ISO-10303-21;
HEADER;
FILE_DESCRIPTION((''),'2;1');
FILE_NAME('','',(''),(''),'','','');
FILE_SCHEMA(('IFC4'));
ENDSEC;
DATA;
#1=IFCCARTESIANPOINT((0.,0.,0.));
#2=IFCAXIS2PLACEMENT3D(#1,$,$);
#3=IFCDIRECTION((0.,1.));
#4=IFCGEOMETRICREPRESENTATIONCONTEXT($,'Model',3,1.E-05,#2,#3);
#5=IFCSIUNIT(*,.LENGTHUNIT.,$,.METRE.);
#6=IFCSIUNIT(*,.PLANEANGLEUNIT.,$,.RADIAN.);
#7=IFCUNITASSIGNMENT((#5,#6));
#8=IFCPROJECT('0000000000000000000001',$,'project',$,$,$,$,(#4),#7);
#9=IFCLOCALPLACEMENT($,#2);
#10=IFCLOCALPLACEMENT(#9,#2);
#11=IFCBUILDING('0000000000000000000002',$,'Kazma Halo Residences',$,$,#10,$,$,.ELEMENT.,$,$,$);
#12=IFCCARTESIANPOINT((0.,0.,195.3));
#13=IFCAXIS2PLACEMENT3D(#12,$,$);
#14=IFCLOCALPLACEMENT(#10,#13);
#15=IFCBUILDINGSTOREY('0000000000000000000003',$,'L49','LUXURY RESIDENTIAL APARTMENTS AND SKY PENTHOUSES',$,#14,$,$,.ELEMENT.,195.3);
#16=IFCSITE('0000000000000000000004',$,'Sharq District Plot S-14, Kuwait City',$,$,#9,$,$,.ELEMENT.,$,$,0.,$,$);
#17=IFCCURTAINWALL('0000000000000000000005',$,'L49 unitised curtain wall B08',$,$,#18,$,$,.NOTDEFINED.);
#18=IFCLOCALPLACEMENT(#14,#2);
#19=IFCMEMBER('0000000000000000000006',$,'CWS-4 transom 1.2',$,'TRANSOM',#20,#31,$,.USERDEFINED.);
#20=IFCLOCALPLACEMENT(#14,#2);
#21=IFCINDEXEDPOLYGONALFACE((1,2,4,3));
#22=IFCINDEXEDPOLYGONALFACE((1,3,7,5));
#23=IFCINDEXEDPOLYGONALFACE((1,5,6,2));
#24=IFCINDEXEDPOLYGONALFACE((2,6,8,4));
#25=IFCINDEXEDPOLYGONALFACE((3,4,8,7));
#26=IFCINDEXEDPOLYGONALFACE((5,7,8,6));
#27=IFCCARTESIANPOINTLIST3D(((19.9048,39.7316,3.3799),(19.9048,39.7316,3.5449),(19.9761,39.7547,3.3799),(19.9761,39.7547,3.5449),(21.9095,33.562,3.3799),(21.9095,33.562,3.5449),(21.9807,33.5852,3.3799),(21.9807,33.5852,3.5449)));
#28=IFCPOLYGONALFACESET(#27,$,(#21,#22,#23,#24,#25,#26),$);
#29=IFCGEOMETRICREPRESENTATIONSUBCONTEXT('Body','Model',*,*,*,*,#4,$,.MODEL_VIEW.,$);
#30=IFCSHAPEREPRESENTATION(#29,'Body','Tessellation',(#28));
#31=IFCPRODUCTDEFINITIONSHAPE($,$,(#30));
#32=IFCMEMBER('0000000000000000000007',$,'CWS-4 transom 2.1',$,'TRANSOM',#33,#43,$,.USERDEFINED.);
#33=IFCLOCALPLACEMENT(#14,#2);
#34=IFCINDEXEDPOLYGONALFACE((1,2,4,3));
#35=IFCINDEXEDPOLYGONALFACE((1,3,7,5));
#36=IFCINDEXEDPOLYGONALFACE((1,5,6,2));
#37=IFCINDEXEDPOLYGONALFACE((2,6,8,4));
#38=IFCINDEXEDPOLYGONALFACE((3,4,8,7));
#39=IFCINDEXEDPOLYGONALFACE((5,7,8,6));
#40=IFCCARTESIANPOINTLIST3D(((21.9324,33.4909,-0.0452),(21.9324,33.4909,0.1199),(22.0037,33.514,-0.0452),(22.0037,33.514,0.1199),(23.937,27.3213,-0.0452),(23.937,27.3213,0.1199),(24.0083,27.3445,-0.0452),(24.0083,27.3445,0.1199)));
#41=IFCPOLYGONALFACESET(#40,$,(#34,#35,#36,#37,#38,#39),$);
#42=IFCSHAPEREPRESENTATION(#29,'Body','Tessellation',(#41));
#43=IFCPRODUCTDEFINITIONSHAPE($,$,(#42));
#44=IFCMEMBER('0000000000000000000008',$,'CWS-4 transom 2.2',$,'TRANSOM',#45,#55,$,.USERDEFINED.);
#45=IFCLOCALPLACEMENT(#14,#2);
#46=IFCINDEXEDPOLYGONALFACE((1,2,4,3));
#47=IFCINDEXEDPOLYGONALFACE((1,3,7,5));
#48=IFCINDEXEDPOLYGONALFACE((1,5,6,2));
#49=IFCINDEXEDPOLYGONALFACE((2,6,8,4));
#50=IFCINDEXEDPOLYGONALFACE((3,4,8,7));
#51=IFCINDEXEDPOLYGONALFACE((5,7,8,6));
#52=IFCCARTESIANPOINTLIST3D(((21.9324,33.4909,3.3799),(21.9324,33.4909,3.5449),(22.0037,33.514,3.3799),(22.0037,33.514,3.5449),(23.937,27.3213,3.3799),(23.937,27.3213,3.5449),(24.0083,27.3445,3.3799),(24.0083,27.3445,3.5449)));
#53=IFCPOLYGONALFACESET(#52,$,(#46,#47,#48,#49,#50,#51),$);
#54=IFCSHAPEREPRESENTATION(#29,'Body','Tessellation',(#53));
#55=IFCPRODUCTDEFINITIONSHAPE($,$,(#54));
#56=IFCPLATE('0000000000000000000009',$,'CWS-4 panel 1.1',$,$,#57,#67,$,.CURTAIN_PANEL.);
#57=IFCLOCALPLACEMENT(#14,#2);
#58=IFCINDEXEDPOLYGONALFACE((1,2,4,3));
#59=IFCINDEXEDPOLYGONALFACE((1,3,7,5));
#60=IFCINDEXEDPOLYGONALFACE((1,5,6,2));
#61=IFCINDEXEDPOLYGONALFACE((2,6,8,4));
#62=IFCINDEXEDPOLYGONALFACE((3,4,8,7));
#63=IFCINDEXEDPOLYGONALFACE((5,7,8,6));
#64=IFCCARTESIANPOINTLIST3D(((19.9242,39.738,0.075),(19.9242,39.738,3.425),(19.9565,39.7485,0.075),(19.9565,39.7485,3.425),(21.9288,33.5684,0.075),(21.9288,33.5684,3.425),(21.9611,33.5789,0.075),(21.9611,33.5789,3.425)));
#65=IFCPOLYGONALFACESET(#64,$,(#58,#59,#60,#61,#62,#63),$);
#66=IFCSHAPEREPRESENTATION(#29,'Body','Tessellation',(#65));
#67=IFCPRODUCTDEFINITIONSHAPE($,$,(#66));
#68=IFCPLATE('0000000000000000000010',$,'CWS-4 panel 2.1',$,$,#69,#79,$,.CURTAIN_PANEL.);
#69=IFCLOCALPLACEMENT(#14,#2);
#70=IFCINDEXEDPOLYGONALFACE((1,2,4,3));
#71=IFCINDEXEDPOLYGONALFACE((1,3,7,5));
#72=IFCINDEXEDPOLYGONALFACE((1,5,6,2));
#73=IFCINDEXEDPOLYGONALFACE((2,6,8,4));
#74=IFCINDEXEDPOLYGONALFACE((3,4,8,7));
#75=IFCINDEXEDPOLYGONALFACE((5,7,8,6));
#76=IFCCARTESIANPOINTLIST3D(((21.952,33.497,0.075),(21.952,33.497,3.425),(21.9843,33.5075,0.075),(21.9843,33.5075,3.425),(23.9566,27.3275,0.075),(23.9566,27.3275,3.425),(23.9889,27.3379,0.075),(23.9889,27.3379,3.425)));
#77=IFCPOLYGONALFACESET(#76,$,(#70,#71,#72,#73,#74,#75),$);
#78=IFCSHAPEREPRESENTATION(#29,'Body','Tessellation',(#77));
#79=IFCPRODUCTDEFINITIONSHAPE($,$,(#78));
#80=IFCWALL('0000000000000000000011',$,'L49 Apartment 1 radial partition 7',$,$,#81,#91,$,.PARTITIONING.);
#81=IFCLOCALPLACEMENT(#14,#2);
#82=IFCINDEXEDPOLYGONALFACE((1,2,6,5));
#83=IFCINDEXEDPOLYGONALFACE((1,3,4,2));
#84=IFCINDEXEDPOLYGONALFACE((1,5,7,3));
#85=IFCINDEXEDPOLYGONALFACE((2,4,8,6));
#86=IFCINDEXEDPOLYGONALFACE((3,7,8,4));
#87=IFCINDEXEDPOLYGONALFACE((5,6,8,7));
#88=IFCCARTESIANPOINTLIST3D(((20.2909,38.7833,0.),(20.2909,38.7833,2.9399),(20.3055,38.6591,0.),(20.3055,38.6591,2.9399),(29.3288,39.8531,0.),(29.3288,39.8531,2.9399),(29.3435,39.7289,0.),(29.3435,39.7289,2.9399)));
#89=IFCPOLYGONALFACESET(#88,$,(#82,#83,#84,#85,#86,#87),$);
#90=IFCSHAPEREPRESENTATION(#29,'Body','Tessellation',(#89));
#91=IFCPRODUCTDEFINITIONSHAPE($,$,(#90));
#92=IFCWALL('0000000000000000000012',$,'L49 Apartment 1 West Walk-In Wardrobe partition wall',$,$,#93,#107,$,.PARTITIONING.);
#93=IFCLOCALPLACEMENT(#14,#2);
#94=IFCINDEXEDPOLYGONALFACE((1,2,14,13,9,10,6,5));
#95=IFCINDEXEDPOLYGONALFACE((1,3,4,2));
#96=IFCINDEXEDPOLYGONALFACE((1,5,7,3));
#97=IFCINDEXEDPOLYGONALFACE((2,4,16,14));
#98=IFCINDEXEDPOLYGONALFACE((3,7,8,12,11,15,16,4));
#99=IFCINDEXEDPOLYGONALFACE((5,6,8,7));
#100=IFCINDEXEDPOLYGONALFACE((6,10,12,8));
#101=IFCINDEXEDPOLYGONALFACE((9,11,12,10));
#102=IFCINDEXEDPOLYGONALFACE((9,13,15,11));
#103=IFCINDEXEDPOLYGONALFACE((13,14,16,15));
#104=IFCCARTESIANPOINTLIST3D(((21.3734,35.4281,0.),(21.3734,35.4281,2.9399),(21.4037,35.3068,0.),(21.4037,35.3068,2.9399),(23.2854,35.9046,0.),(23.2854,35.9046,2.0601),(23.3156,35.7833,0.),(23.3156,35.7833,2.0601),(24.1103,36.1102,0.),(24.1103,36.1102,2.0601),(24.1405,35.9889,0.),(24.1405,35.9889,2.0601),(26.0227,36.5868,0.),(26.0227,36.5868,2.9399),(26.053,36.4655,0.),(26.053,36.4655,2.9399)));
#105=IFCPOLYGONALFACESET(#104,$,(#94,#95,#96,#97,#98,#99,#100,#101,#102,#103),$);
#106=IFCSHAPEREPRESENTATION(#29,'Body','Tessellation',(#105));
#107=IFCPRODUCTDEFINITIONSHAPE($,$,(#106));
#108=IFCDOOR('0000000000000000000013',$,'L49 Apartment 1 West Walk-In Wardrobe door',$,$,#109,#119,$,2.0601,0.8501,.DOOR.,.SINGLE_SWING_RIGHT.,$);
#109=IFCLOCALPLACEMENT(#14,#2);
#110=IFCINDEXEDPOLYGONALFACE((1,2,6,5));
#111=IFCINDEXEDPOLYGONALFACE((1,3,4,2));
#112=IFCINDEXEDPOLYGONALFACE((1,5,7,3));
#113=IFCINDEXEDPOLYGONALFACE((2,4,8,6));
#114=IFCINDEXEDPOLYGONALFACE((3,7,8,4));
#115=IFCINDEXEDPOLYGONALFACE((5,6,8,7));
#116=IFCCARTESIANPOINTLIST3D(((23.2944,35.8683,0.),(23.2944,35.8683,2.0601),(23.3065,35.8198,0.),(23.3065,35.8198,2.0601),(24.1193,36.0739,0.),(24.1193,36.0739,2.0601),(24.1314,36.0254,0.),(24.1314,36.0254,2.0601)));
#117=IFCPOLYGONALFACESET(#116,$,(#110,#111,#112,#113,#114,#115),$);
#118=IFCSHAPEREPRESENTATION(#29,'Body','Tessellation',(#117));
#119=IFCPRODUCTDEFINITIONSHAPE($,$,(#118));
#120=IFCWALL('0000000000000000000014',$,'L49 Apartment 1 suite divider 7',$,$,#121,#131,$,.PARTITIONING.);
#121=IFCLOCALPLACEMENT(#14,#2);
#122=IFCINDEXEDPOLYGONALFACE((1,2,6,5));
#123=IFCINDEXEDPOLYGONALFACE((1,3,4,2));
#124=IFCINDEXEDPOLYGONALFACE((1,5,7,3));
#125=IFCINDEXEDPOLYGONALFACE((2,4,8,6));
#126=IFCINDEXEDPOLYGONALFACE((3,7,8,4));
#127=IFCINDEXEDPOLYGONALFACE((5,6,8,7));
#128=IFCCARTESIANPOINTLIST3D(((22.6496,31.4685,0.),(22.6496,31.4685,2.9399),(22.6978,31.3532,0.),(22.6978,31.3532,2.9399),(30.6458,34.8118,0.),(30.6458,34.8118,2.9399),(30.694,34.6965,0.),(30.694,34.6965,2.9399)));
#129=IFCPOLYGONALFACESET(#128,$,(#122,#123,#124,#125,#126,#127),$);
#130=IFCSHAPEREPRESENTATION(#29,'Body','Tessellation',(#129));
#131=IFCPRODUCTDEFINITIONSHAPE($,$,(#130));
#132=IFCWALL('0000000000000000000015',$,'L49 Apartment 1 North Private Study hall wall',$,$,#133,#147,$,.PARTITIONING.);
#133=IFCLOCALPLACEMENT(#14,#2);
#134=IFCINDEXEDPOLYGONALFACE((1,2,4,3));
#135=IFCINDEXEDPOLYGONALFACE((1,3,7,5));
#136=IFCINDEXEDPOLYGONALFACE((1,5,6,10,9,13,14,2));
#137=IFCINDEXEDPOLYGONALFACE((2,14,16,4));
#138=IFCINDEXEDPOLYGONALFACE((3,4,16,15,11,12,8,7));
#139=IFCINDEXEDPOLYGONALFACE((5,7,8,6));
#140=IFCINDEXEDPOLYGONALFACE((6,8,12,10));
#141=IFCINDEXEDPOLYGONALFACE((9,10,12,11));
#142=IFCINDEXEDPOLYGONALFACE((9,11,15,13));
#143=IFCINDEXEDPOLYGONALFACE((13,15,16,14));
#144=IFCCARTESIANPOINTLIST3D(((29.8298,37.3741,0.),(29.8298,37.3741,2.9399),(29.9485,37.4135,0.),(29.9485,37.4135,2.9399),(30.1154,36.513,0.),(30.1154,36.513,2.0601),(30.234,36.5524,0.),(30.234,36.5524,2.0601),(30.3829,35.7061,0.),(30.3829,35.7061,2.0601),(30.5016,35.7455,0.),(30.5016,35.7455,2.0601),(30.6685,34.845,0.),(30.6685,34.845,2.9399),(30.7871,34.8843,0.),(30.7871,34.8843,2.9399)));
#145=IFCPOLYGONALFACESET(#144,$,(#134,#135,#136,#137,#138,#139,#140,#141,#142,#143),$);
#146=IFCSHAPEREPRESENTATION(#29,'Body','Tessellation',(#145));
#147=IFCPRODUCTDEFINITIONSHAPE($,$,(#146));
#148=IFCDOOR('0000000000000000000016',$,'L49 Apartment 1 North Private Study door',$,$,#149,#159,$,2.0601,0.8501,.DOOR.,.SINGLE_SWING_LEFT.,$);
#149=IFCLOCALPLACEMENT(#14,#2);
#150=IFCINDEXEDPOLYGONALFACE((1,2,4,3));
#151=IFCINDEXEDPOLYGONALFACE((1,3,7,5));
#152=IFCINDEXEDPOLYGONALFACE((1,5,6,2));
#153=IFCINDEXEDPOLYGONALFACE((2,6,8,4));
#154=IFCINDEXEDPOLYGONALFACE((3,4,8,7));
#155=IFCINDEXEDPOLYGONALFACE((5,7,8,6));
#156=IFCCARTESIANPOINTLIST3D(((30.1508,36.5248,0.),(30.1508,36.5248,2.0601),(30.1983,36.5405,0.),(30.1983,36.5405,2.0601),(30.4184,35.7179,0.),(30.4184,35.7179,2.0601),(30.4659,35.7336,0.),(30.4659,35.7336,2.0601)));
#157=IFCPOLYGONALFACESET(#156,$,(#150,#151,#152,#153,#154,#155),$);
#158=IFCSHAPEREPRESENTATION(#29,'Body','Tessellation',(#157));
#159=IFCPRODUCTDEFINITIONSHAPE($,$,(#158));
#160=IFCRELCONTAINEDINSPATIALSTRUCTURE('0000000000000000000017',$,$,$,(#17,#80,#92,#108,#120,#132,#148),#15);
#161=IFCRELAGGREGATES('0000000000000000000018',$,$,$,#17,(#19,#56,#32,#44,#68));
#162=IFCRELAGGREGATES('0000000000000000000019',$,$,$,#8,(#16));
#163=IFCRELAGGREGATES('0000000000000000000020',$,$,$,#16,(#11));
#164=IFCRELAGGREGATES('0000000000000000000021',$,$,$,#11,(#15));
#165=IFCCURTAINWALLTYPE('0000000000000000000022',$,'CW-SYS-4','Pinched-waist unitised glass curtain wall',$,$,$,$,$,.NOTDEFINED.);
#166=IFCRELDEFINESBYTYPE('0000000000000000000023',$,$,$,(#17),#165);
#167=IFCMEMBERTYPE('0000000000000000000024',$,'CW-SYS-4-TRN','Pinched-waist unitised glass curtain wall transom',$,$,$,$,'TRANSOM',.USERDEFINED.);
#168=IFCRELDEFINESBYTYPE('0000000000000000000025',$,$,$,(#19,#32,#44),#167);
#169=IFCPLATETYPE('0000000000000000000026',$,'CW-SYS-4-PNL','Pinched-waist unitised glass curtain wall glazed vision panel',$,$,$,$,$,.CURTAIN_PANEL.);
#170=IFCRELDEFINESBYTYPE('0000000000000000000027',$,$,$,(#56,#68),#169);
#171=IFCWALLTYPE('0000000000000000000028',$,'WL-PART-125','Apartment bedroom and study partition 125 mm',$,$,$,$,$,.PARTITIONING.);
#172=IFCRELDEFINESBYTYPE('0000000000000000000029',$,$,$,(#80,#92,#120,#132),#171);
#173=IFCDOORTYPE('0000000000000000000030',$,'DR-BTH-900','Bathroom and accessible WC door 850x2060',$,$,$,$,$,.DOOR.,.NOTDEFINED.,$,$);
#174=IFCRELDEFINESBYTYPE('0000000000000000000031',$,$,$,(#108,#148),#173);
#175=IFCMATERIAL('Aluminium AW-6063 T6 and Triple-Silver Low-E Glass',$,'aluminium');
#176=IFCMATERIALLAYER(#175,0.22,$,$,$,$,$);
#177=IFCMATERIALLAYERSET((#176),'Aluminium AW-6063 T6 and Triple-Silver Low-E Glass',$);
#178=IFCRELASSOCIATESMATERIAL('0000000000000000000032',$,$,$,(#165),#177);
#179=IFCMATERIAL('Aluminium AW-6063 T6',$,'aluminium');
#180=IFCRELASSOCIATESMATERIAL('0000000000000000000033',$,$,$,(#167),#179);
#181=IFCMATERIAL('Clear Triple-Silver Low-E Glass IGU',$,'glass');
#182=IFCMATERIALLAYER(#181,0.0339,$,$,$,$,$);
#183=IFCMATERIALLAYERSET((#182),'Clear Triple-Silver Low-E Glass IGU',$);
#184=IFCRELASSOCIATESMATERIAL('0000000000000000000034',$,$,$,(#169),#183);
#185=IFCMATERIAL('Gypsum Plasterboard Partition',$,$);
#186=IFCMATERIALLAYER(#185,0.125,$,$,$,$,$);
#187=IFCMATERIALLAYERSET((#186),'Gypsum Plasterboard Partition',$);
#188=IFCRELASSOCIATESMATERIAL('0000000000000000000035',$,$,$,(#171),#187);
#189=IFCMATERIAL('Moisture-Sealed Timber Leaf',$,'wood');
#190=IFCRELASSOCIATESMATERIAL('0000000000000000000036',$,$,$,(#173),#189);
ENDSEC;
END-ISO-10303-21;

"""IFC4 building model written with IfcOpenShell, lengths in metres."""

from ifc_helpers import new_model, si_unit, direction, frame, frame_2d, origin, origin_2d, place, context, subcontext, project, spatial, rectangle, extrude, material, layer, layer_set, material_profile, profile_set, type_object, element, fill, aggregate, save


model = new_model("IFC4")

# Units and contexts
model_context = context("Model", 3, precision=1e-05, world=origin(), true_north=direction((0.0, 1.0)))
body_context = subcontext(model_context, "Body", "Model", "MODEL_VIEW")
ifc_project = project(units=[si_unit("LENGTHUNIT", "METRE"), si_unit("PLANEANGLEUNIT", "RADIAN")], contexts=[model_context])

# Site, building, storey
site_placement = place(None, origin())
site = spatial("IfcSite", under=ifc_project, at=site_placement, Name="Sharq District Plot S-14, Kuwait City", CompositionType="ELEMENT", RefElevation=0.0)
building_placement = place(site_placement, origin())
building = spatial("IfcBuilding", under=site, at=building_placement, Name="Kazma Halo Residences", CompositionType="ELEMENT")
storey_placement = place(building_placement, frame((0.0, 0.0, 195.3)))
storey = spatial("IfcBuildingStorey", under=building, at=storey_placement, Name="L49", Description="LUXURY RESIDENTIAL APARTMENTS AND SKY PENTHOUSES", CompositionType="ELEMENT", Elevation=195.3)

# Curtain wall, members, plates
ifc_material_1 = material(Name="Aluminium AW-6063 T6 and Triple-Silver Low-E Glass", Category="aluminium")
ifc_layer_1 = layer(ifc_material_1, 0.22)
ifc_layer_set_1 = layer_set([ifc_layer_1], Name="Aluminium AW-6063 T6 and Triple-Silver Low-E Glass")
curtain_wall_type = type_object("IfcCurtainWallType", Name="CW-SYS-4", Description="Pinched-waist unitised glass curtain wall", PredefinedType="NOTDEFINED", material=ifc_layer_set_1)
curtain_wall_placement = place(storey_placement, origin())
curtain_wall = element("IfcCurtainWall", 1, at=curtain_wall_placement, inside=storey, type_object=curtain_wall_type, Name="L49 unitised curtain wall B08", PredefinedType="NOTDEFINED")
ifc_material_2 = material(Name="Aluminium AW-6063 T6", Category="aluminium")
ifc_material_profile_1 = material_profile(ifc_material_2, rectangle(XDim=0.075, YDim=0.165, at=origin_2d()), Name="CWT-75x165")
ifc_profile_set_1 = profile_set([ifc_material_profile_1], Name="Aluminium AW-6063 T6")
member_type_1 = type_object("IfcMemberType", Name="CW-SYS-4-TRN", Description="Pinched-waist unitised glass curtain wall transom", ElementType="TRANSOM", PredefinedType="USERDEFINED", material=ifc_profile_set_1)
member_1_placement = place(storey_placement, frame((19.9404, 39.7432, 3.4624), z_axis=(0.309027, -0.951053, 0.0), x_axis=(0.951053, 0.309027, 0.0)))
member_1 = element("IfcMember", 2, at=member_1_placement, type_object=member_type_1, Name="CWS-4 transom 1.2", ObjectType="TRANSOM", PredefinedType="USERDEFINED", context=body_context, shape_type="SweptSolid", body=[
    extrude(rectangle(XDim=0.075, YDim=0.165, at=origin_2d()), origin(), (0.0, 0.0, 1.0), 6.4871),
])
member_2_placement = place(storey_placement, frame((21.968, 33.5024, 0.0374), z_axis=(0.309015, -0.951057, 0.0), x_axis=(0.951057, 0.309015, 0.0)))
member_2 = element("IfcMember", 3, at=member_2_placement, type_object=member_type_1, Name="CWS-4 transom 2.1", ObjectType="TRANSOM", PredefinedType="USERDEFINED", context=body_context, shape_type="SweptSolid", body=[
    extrude(rectangle(XDim=0.075, YDim=0.165, at=origin_2d()), origin(), (0.0, 0.0, 1.0), 6.4871),
])
member_3_placement = place(storey_placement, frame((21.968, 33.5024, 3.4624), z_axis=(0.309015, -0.951057, 0.0), x_axis=(0.951057, 0.309015, 0.0)))
member_3 = element("IfcMember", 4, at=member_3_placement, type_object=member_type_1, Name="CWS-4 transom 2.2", ObjectType="TRANSOM", PredefinedType="USERDEFINED", context=body_context, shape_type="SweptSolid", body=[
    extrude(rectangle(XDim=0.075, YDim=0.165, at=origin_2d()), origin(), (0.0, 0.0, 1.0), 6.4871),
])
ifc_material_3 = material(Name="Clear Triple-Silver Low-E Glass IGU", Category="glass")
ifc_layer_2 = layer(ifc_material_3, 0.0339)
ifc_layer_set_2 = layer_set([ifc_layer_2], Name="Clear Triple-Silver Low-E Glass IGU")
plate_type = type_object("IfcPlateType", Name="CW-SYS-4-PNL", Description="Pinched-waist unitised glass curtain wall glazed vision panel", PredefinedType="CURTAIN_PANEL", material=ifc_layer_set_2)
plate_1_placement = place(storey_placement, frame((20.9426, 36.6584, 0.075), z_axis=(0.0, 0.0, 1.0), x_axis=(0.309016, -0.951057, 0.0)))
plate_1 = element("IfcPlate", 5, at=plate_1_placement, type_object=plate_type, Name="CWS-4 panel 1.1", PredefinedType="CURTAIN_PANEL", context=body_context, shape_type="SweptSolid", body=[
    extrude(rectangle(XDim=6.4871, YDim=0.0339, at=origin_2d()), origin(), (0.0, 0.0, 1.0), 3.3501),
])
plate_2_placement = place(storey_placement, frame((22.9705, 30.4175, 0.075), z_axis=(0.0, 0.0, 1.0), x_axis=(0.309016, -0.951057, 0.0)))
plate_2 = element("IfcPlate", 6, at=plate_2_placement, type_object=plate_type, Name="CWS-4 panel 2.1", PredefinedType="CURTAIN_PANEL", context=body_context, shape_type="SweptSolid", body=[
    extrude(rectangle(XDim=6.4871, YDim=0.0339, at=origin_2d()), origin(), (0.0, 0.0, 1.0), 3.3501),
])
aggregate(curtain_wall, [member_1, plate_1, member_2, member_3, plate_2])

# Wall
ifc_material_4 = material(Name="Gypsum Plasterboard Partition")
ifc_layer_3 = layer(ifc_material_4, 0.125)
ifc_layer_set_3 = layer_set([ifc_layer_3], Name="Gypsum Plasterboard Partition")
wall_type_1 = type_object("IfcWallType", Name="WL-PART-125", Description="Apartment bedroom and study partition 125 mm", PredefinedType="PARTITIONING", material=ifc_layer_set_3)
wall_1_placement = place(storey_placement, frame((29.3362, 39.791, 0.0), z_axis=(0.0, 0.0, 1.0), x_axis=(-0.993067, -0.117548, 0.0)))
element("IfcWall", 7, at=wall_1_placement, inside=storey, type_object=wall_type_1, Name="L49 Apartment 1 radial partition 7", PredefinedType="PARTITIONING", context=body_context, shape_type="SweptSolid", body=[
    extrude(rectangle(XDim=9.1011, YDim=0.125, at=frame_2d((4.5505, 0.0))), origin(), (0.0, 0.0, 1.0), 2.9399),
])

# Wall, opening, door
wall_2_placement = place(storey_placement, frame((26.0378, 36.5261, 0.0), z_axis=(0.0, 0.0, 1.0), x_axis=(-0.970322, -0.241816, 0.0)))
wall_2 = element("IfcWall", 8, at=wall_2_placement, inside=storey, type_object=wall_type_1, Name="L49 Apartment 1 West Walk-In Wardrobe partition wall", PredefinedType="PARTITIONING", context=body_context, shape_type="SweptSolid", body=[
    extrude(rectangle(XDim=4.7915, YDim=0.125, at=frame_2d((2.3958, 0.0))), origin(), (0.0, 0.0, 1.0), 2.9399),
])
opening_1_placement = place(wall_2_placement, frame((1.9709, 0.0, 0.0)))
opening_1 = element("IfcOpeningElement", 9, at=opening_1_placement, cuts=wall_2, PredefinedType="OPENING", context=body_context, shape_type="SweptSolid", body=[
    extrude(rectangle(XDim=0.8501, YDim=2.0601, at=frame_2d((0.425, 1.03))), frame((0.0, 0.0725, 0.0), z_axis=(0.0, -1.0, 0.0), x_axis=(1.0, 0.0, 0.0)), (0.0, 0.0, 1.0), 0.145),
])
ifc_material_5 = material(Name="Moisture-Sealed Timber Leaf", Category="wood")
door_type = type_object("IfcDoorType", Name="DR-BTH-900", Description="Bathroom and accessible WC door 850x2060", OperationType="NOTDEFINED", PredefinedType="DOOR", material=ifc_material_5)
door_1_placement = place(opening_1_placement, origin())
door_1 = element("IfcDoor", 10, at=door_1_placement, inside=storey, type_object=door_type, Name="L49 Apartment 1 West Walk-In Wardrobe door", OperationType="SINGLE_SWING_RIGHT", OverallHeight=2.0601, OverallWidth=0.8501, PredefinedType="DOOR", context=body_context, shape_type="SweptSolid", body=[
    extrude(rectangle(XDim=0.8501, YDim=2.0601, at=frame_2d((0.425, 1.03))), frame((0.0, 0.0249, 0.0), z_axis=(0.0, -1.0, 0.0), x_axis=(1.0, 0.0, 0.0)), (0.0, 0.0, 1.0), 0.05),
])
fill(opening_1, door_1)

# Wall
wall_3_placement = place(storey_placement, frame((30.6699, 34.7542, 0.0), z_axis=(0.0, 0.0, 1.0), x_axis=(-0.922603, -0.385751, 0.0)))
element("IfcWall", 11, at=wall_3_placement, inside=storey, type_object=wall_type_1, Name="L49 Apartment 1 suite divider 7", PredefinedType="PARTITIONING", context=body_context, shape_type="SweptSolid", body=[
    extrude(rectangle(XDim=8.667, YDim=0.125, at=frame_2d((4.3335, 0.0))), origin(), (0.0, 0.0, 1.0), 2.9399),
])

# Wall, opening, door
wall_4_placement = place(storey_placement, frame((29.8892, 37.3938, 0.0), z_axis=(0.0, 0.0, 1.0), x_axis=(0.314743, -0.949177, 0.0)))
wall_4 = element("IfcWall", 12, at=wall_4_placement, inside=storey, type_object=wall_type_1, Name="L49 Apartment 1 North Private Study hall wall", PredefinedType="PARTITIONING", context=body_context, shape_type="SweptSolid", body=[
    extrude(rectangle(XDim=2.6646, YDim=0.125, at=frame_2d((1.3323, 0.0))), origin(), (0.0, 0.0, 1.0), 2.9399),
])
opening_2_placement = place(wall_4_placement, frame((0.9072, 0.0, 0.0)))
opening_2 = element("IfcOpeningElement", 13, at=opening_2_placement, cuts=wall_4, PredefinedType="OPENING", context=body_context, shape_type="SweptSolid", body=[
    extrude(rectangle(XDim=0.8501, YDim=2.0601, at=frame_2d((0.425, 1.03))), frame((0.0, 0.0725, 0.0), z_axis=(0.0, -1.0, 0.0), x_axis=(1.0, 0.0, 0.0)), (0.0, 0.0, 1.0), 0.145),
])
door_2_placement = place(opening_2_placement, origin())
door_2 = element("IfcDoor", 14, at=door_2_placement, inside=storey, type_object=door_type, Name="L49 Apartment 1 North Private Study door", OperationType="SINGLE_SWING_LEFT", OverallHeight=2.0601, OverallWidth=0.8501, PredefinedType="DOOR", context=body_context, shape_type="SweptSolid", body=[
    extrude(rectangle(XDim=0.8501, YDim=2.0601, at=frame_2d((0.425, 1.03))), frame((0.0, 0.0249, 0.0), z_axis=(0.0, -1.0, 0.0), x_axis=(1.0, 0.0, 0.0)), (0.0, 0.0, 1.0), 0.05),
])
fill(opening_2, door_2)

save(model, "model.ifc")
